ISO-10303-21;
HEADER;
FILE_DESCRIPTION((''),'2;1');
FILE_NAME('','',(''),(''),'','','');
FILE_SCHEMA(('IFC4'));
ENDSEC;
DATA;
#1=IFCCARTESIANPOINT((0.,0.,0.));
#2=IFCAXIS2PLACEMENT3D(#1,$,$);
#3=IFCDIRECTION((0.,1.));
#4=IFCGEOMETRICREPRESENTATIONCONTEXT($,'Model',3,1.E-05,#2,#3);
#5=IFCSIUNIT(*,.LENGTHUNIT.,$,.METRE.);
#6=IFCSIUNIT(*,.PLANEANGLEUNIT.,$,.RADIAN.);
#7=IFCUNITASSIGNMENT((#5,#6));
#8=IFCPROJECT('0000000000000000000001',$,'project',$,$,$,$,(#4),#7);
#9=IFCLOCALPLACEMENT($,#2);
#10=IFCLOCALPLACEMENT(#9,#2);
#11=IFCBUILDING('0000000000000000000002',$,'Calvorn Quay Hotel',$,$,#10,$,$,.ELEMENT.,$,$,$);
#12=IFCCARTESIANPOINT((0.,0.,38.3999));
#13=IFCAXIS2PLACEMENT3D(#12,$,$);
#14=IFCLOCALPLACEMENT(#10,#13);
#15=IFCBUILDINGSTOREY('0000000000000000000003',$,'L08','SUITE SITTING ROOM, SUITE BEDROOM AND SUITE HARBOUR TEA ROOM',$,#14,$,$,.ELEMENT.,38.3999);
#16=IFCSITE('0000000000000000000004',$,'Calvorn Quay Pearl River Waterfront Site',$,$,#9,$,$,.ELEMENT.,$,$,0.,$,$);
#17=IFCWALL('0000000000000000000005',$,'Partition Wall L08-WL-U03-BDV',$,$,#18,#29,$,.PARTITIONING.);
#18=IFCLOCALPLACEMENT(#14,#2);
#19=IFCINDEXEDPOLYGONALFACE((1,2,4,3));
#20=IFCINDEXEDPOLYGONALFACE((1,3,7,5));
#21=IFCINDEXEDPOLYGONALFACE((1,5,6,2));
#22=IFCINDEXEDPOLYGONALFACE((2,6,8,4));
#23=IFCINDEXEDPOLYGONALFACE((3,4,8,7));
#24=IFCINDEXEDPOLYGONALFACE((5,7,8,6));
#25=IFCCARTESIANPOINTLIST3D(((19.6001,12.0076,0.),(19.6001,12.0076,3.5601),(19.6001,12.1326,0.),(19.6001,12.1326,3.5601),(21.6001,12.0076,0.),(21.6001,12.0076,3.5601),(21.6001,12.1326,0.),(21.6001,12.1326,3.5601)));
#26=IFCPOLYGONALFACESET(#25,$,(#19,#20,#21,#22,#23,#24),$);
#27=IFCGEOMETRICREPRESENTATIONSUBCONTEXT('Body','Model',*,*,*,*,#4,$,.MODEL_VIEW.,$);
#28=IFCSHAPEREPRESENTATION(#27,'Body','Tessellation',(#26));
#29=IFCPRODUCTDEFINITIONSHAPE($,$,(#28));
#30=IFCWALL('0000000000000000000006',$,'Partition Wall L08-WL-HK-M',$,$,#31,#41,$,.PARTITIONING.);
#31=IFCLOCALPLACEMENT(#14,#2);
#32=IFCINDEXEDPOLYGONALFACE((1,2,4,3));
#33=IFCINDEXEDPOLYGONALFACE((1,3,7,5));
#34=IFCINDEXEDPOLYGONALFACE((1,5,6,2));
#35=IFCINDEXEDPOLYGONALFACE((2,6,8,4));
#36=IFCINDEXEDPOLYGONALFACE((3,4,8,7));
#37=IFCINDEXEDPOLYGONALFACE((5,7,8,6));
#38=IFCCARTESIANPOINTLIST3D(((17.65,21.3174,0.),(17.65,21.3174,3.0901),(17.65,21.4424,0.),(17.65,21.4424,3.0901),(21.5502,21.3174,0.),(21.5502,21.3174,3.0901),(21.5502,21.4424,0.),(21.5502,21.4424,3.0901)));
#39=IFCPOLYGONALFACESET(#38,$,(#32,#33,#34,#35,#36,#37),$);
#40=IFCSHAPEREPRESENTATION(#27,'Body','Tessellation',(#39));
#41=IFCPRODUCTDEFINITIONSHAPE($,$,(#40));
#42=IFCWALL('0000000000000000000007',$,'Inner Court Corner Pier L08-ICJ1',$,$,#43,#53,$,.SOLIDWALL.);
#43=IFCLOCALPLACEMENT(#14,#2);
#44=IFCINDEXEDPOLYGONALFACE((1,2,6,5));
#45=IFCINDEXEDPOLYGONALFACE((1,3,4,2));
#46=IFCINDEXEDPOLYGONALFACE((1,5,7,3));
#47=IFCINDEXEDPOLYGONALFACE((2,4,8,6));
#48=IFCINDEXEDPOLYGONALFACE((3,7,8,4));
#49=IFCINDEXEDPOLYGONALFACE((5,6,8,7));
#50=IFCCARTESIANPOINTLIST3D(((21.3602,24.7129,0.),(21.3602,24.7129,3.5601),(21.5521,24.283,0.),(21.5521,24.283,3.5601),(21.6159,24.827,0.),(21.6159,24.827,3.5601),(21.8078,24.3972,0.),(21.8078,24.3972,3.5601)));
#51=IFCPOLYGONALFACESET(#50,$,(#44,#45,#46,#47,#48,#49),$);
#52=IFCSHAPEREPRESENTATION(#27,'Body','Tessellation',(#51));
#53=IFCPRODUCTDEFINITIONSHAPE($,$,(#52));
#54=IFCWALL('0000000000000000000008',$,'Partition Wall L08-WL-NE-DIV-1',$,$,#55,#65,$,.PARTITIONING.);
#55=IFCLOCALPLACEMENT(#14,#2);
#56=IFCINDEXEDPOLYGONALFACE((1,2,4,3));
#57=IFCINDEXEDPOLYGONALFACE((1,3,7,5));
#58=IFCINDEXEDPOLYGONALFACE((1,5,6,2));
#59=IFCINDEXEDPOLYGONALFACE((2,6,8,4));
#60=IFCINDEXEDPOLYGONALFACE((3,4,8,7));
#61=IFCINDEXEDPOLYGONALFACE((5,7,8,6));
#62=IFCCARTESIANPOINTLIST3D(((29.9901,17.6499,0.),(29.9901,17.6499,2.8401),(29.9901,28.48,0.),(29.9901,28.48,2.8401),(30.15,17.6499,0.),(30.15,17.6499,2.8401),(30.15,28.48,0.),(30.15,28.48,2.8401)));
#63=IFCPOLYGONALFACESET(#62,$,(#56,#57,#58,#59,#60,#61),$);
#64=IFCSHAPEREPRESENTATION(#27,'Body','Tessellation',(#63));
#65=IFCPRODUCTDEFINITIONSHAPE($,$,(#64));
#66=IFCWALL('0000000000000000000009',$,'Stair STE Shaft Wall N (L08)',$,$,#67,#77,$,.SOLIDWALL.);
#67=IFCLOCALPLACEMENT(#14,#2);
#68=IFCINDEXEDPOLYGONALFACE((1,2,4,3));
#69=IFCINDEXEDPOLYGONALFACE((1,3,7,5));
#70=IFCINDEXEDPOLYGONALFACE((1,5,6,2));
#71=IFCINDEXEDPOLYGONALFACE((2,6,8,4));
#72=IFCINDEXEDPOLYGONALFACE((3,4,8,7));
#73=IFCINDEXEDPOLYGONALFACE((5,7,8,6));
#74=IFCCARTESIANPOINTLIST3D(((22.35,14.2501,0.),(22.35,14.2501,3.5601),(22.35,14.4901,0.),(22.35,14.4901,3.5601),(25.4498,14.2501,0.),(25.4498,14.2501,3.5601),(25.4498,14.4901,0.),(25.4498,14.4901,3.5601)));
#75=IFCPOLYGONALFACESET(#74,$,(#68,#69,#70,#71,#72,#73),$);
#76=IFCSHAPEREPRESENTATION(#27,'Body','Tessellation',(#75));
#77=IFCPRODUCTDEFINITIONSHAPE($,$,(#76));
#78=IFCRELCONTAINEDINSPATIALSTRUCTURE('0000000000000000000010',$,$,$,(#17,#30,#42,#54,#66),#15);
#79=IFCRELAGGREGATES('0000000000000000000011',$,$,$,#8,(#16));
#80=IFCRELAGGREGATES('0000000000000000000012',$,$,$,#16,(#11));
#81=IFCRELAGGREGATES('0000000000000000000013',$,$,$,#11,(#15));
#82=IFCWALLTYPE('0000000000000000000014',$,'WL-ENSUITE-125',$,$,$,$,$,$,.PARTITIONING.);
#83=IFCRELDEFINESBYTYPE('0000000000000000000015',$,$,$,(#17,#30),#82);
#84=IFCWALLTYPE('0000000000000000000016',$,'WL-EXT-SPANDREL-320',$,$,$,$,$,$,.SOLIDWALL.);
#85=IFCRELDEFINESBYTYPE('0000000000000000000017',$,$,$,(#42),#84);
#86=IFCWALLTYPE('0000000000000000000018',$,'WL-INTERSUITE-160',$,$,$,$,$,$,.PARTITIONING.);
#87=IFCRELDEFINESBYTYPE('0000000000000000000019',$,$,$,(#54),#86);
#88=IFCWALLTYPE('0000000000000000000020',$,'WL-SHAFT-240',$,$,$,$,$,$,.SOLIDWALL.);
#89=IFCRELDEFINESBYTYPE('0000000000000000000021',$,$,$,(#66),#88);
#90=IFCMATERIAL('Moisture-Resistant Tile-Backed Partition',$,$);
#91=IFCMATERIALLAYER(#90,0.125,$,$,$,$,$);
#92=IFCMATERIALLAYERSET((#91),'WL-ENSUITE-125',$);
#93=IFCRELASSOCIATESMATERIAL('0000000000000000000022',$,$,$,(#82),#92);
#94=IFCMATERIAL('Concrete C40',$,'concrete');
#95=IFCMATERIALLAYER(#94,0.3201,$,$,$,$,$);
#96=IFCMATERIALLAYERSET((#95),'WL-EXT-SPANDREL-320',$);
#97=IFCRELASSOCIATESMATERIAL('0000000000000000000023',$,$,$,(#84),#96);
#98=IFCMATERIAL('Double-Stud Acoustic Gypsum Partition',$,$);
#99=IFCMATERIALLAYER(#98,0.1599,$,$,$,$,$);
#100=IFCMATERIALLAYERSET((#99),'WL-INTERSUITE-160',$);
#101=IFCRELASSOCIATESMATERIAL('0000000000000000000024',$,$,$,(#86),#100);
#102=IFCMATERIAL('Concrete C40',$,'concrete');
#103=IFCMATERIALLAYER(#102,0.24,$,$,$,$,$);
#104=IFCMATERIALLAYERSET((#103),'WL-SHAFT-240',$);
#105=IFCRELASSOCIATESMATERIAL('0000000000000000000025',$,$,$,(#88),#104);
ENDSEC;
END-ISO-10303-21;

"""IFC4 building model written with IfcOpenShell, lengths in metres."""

from ifc_helpers import new_model, si_unit, direction, frame, frame_2d, origin, place, context, subcontext, project, spatial, rectangle, extrude, material, layer, layer_set, type_object, element, save


model = new_model("IFC4")

# Units and contexts
model_context = context("Model", 3, precision=1e-05, world=origin(), true_north=direction((0.0, 1.0)))
body_context = subcontext(model_context, "Body", "Model", "MODEL_VIEW")
ifc_project = project(units=[si_unit("LENGTHUNIT", "METRE"), si_unit("PLANEANGLEUNIT", "RADIAN")], contexts=[model_context])

# Site, building, storey
site_placement = place(None, origin())
site = spatial("IfcSite", under=ifc_project, at=site_placement, Name="Calvorn Quay Pearl River Waterfront Site", CompositionType="ELEMENT", RefElevation=0.0)
building_placement = place(site_placement, origin())
building = spatial("IfcBuilding", under=site, at=building_placement, Name="Calvorn Quay Hotel", CompositionType="ELEMENT")
storey_placement = place(building_placement, frame((0.0, 0.0, 38.3999)))
storey = spatial("IfcBuildingStorey", under=building, at=storey_placement, Name="L08", Description="SUITE SITTING ROOM, SUITE BEDROOM AND SUITE HARBOUR TEA ROOM", CompositionType="ELEMENT", Elevation=38.3999)

# Walls
ifc_material_1 = material(Name="Moisture-Resistant Tile-Backed Partition")
ifc_layer_1 = layer(ifc_material_1, 0.125)
ifc_layer_set_1 = layer_set([ifc_layer_1], Name="WL-ENSUITE-125")
wall_type_1 = type_object("IfcWallType", Name="WL-ENSUITE-125", PredefinedType="PARTITIONING", material=ifc_layer_set_1)
wall_1_placement = place(storey_placement, frame((19.6001, 12.0701, 0.0), z_axis=(0.0, 0.0, 1.0), x_axis=(1.0, 0.0, 0.0)))
element("IfcWall", 1, at=wall_1_placement, inside=storey, type_object=wall_type_1, Name="Partition Wall L08-WL-U03-BDV", PredefinedType="PARTITIONING", context=body_context, shape_type="SweptSolid", body=[
    extrude(rectangle(XDim=2.0, YDim=0.125, at=frame_2d((1.0, 0.0))), origin(), (0.0, 0.0, 1.0), 3.5601),
])
wall_2_placement = place(storey_placement, frame((17.6499, 21.3799, 0.0), z_axis=(0.0, 0.0, 1.0), x_axis=(1.0, 0.0, 0.0)))
element("IfcWall", 2, at=wall_2_placement, inside=storey, type_object=wall_type_1, Name="Partition Wall L08-WL-HK-M", PredefinedType="PARTITIONING", context=body_context, shape_type="SweptSolid", body=[
    extrude(rectangle(XDim=3.9001, YDim=0.125, at=frame_2d((1.9502, 0.0))), origin(), (0.0, 0.0, 1.0), 3.0901),
])
ifc_material_2 = material(Name="Concrete C40", Category="concrete")
ifc_layer_2 = layer(ifc_material_2, 0.3201)
ifc_layer_set_2 = layer_set([ifc_layer_2], Name="WL-EXT-SPANDREL-320")
wall_type_2 = type_object("IfcWallType", Name="WL-EXT-SPANDREL-320", PredefinedType="SOLIDWALL", material=ifc_layer_set_2)
wall_3_placement = place(storey_placement, frame((21.6799, 24.3401, 0.0), z_axis=(0.0, 0.0, 1.0), x_axis=(-0.407581, 0.913169, 0.0)))
element("IfcWall", 3, at=wall_3_placement, inside=storey, type_object=wall_type_2, Name="Inner Court Corner Pier L08-ICJ1", PredefinedType="SOLIDWALL", context=body_context, shape_type="SweptSolid", body=[
    extrude(rectangle(XDim=0.4707, YDim=0.28, at=frame_2d((0.2354, 0.0))), origin(), (0.0, 0.0, 1.0), 3.5601),
])
ifc_material_3 = material(Name="Double-Stud Acoustic Gypsum Partition")
ifc_layer_3 = layer(ifc_material_3, 0.1599)
ifc_layer_set_3 = layer_set([ifc_layer_3], Name="WL-INTERSUITE-160")
wall_type_3 = type_object("IfcWallType", Name="WL-INTERSUITE-160", PredefinedType="PARTITIONING", material=ifc_layer_set_3)
wall_4_placement = place(storey_placement, frame((30.0701, 17.6499, 0.0), z_axis=(0.0, 0.0, 1.0), x_axis=(0.0, 1.0, 0.0)))
element("IfcWall", 4, at=wall_4_placement, inside=storey, type_object=wall_type_3, Name="Partition Wall L08-WL-NE-DIV-1", PredefinedType="PARTITIONING", context=body_context, shape_type="SweptSolid", body=[
    extrude(rectangle(XDim=10.8301, YDim=0.1599, at=frame_2d((5.415, 0.0))), origin(), (0.0, 0.0, 1.0), 2.8401),
])
ifc_material_4 = material(Name="Concrete C40", Category="concrete")
ifc_layer_4 = layer(ifc_material_4, 0.24)
ifc_layer_set_4 = layer_set([ifc_layer_4], Name="WL-SHAFT-240")
wall_type_4 = type_object("IfcWallType", Name="WL-SHAFT-240", PredefinedType="SOLIDWALL", material=ifc_layer_set_4)
wall_5_placement = place(storey_placement, frame((22.3501, 14.3701, 0.0), z_axis=(0.0, 0.0, 1.0), x_axis=(1.0, 0.0, 0.0)))
element("IfcWall", 5, at=wall_5_placement, inside=storey, type_object=wall_type_4, Name="Stair STE Shaft Wall N (L08)", PredefinedType="SOLIDWALL", context=body_context, shape_type="SweptSolid", body=[
    extrude(rectangle(XDim=3.0999, YDim=0.24, at=frame_2d((1.5498, 0.0))), origin(), (0.0, 0.0, 1.0), 3.5601),
])

save(model, "model.ifc")
